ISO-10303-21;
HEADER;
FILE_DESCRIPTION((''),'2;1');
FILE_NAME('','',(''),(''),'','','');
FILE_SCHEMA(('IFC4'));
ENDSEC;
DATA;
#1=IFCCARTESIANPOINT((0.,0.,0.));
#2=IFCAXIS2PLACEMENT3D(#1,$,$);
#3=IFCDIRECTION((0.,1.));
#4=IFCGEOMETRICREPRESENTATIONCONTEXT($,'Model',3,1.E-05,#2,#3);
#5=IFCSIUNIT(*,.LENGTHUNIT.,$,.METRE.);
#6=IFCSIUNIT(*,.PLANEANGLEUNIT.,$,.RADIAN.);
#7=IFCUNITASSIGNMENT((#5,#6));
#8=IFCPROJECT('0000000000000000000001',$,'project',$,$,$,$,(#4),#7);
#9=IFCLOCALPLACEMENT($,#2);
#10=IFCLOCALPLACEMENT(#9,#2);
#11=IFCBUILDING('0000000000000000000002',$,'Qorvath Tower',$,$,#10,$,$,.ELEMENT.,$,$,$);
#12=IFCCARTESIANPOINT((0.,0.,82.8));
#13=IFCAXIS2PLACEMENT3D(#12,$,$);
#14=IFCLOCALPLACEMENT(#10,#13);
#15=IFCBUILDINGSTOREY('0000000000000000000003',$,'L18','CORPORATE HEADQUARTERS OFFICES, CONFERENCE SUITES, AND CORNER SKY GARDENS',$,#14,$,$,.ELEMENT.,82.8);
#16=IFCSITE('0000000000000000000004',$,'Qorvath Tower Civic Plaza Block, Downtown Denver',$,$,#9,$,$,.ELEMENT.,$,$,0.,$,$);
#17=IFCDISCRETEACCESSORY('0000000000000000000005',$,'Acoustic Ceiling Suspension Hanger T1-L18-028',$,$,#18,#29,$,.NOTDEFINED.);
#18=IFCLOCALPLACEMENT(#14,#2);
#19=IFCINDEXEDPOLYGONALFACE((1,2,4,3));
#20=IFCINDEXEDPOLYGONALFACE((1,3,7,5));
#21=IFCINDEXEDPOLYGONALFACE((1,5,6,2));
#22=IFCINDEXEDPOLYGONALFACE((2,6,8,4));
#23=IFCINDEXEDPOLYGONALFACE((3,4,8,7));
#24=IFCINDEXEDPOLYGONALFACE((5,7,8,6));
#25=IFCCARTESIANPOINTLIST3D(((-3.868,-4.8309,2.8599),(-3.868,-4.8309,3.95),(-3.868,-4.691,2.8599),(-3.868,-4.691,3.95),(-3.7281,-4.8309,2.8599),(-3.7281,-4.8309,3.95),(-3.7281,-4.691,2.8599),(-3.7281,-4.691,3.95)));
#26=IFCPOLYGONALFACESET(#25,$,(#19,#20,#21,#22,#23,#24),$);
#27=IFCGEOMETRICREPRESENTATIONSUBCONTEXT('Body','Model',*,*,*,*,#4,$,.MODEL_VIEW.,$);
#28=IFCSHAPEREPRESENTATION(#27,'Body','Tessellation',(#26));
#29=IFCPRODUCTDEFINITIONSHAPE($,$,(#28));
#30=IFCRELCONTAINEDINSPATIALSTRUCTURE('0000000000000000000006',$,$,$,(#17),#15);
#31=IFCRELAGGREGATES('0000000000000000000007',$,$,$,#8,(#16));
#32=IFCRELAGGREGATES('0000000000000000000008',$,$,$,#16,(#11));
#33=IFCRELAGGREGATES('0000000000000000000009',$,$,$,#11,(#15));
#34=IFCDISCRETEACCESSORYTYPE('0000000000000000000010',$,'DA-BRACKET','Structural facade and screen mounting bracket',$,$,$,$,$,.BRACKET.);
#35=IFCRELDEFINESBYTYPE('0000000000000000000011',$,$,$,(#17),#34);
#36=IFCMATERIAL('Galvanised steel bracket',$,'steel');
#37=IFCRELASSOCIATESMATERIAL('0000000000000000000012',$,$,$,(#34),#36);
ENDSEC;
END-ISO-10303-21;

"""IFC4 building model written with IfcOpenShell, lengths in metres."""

from ifc_helpers import new_model, si_unit, direction, frame, origin, origin_2d, place, context, subcontext, project, spatial, rectangle, extrude, material, type_object, element, save


model = new_model("IFC4")

# Units and contexts
model_context = context("Model", 3, precision=1e-05, world=origin(), true_north=direction((0.0, 1.0)))
body_context = subcontext(model_context, "Body", "Model", "MODEL_VIEW")
ifc_project = project(units=[si_unit("LENGTHUNIT", "METRE"), si_unit("PLANEANGLEUNIT", "RADIAN")], contexts=[model_context])

# Site, building, storey
site_placement = place(None, origin())
site = spatial("IfcSite", under=ifc_project, at=site_placement, Name="Qorvath Tower Civic Plaza Block, Downtown Denver", CompositionType="ELEMENT", RefElevation=0.0)
building_placement = place(site_placement, origin())
building = spatial("IfcBuilding", under=site, at=building_placement, Name="Qorvath Tower", CompositionType="ELEMENT")
storey_placement = place(building_placement, frame((0.0, 0.0, 82.8)))
storey = spatial("IfcBuildingStorey", under=building, at=storey_placement, Name="L18", Description="CORPORATE HEADQUARTERS OFFICES, CONFERENCE SUITES, AND CORNER SKY GARDENS", CompositionType="ELEMENT", Elevation=82.8)

# Discrete accessory
ifc_material_1 = material(Name="Galvanised steel bracket", Category="steel")
discrete_accessory_type = type_object("IfcDiscreteAccessoryType", Name="DA-BRACKET", Description="Structural facade and screen mounting bracket", PredefinedType="BRACKET", material=ifc_material_1)
for number, where, z_axis, x_axis, name in (
    (1, (-3.7981, -4.761, 2.8599), (0.0, 0.0, 1.0), (1.0, 0.0, 0.0), "Acoustic Ceiling Suspension Hanger T1-L18-028"),
):
    element("IfcDiscreteAccessory", number, at=place(storey_placement, frame(where, z_axis=z_axis, x_axis=x_axis)), inside=storey, type_object=discrete_accessory_type, Name=name, PredefinedType="NOTDEFINED", context=body_context, shape_type="SweptSolid", body=[
        extrude(rectangle(XDim=0.1399, YDim=0.1399, at=origin_2d()), origin(), (0.0, 0.0, 1.0), 1.0901),
    ])

save(model, "model.ifc")
